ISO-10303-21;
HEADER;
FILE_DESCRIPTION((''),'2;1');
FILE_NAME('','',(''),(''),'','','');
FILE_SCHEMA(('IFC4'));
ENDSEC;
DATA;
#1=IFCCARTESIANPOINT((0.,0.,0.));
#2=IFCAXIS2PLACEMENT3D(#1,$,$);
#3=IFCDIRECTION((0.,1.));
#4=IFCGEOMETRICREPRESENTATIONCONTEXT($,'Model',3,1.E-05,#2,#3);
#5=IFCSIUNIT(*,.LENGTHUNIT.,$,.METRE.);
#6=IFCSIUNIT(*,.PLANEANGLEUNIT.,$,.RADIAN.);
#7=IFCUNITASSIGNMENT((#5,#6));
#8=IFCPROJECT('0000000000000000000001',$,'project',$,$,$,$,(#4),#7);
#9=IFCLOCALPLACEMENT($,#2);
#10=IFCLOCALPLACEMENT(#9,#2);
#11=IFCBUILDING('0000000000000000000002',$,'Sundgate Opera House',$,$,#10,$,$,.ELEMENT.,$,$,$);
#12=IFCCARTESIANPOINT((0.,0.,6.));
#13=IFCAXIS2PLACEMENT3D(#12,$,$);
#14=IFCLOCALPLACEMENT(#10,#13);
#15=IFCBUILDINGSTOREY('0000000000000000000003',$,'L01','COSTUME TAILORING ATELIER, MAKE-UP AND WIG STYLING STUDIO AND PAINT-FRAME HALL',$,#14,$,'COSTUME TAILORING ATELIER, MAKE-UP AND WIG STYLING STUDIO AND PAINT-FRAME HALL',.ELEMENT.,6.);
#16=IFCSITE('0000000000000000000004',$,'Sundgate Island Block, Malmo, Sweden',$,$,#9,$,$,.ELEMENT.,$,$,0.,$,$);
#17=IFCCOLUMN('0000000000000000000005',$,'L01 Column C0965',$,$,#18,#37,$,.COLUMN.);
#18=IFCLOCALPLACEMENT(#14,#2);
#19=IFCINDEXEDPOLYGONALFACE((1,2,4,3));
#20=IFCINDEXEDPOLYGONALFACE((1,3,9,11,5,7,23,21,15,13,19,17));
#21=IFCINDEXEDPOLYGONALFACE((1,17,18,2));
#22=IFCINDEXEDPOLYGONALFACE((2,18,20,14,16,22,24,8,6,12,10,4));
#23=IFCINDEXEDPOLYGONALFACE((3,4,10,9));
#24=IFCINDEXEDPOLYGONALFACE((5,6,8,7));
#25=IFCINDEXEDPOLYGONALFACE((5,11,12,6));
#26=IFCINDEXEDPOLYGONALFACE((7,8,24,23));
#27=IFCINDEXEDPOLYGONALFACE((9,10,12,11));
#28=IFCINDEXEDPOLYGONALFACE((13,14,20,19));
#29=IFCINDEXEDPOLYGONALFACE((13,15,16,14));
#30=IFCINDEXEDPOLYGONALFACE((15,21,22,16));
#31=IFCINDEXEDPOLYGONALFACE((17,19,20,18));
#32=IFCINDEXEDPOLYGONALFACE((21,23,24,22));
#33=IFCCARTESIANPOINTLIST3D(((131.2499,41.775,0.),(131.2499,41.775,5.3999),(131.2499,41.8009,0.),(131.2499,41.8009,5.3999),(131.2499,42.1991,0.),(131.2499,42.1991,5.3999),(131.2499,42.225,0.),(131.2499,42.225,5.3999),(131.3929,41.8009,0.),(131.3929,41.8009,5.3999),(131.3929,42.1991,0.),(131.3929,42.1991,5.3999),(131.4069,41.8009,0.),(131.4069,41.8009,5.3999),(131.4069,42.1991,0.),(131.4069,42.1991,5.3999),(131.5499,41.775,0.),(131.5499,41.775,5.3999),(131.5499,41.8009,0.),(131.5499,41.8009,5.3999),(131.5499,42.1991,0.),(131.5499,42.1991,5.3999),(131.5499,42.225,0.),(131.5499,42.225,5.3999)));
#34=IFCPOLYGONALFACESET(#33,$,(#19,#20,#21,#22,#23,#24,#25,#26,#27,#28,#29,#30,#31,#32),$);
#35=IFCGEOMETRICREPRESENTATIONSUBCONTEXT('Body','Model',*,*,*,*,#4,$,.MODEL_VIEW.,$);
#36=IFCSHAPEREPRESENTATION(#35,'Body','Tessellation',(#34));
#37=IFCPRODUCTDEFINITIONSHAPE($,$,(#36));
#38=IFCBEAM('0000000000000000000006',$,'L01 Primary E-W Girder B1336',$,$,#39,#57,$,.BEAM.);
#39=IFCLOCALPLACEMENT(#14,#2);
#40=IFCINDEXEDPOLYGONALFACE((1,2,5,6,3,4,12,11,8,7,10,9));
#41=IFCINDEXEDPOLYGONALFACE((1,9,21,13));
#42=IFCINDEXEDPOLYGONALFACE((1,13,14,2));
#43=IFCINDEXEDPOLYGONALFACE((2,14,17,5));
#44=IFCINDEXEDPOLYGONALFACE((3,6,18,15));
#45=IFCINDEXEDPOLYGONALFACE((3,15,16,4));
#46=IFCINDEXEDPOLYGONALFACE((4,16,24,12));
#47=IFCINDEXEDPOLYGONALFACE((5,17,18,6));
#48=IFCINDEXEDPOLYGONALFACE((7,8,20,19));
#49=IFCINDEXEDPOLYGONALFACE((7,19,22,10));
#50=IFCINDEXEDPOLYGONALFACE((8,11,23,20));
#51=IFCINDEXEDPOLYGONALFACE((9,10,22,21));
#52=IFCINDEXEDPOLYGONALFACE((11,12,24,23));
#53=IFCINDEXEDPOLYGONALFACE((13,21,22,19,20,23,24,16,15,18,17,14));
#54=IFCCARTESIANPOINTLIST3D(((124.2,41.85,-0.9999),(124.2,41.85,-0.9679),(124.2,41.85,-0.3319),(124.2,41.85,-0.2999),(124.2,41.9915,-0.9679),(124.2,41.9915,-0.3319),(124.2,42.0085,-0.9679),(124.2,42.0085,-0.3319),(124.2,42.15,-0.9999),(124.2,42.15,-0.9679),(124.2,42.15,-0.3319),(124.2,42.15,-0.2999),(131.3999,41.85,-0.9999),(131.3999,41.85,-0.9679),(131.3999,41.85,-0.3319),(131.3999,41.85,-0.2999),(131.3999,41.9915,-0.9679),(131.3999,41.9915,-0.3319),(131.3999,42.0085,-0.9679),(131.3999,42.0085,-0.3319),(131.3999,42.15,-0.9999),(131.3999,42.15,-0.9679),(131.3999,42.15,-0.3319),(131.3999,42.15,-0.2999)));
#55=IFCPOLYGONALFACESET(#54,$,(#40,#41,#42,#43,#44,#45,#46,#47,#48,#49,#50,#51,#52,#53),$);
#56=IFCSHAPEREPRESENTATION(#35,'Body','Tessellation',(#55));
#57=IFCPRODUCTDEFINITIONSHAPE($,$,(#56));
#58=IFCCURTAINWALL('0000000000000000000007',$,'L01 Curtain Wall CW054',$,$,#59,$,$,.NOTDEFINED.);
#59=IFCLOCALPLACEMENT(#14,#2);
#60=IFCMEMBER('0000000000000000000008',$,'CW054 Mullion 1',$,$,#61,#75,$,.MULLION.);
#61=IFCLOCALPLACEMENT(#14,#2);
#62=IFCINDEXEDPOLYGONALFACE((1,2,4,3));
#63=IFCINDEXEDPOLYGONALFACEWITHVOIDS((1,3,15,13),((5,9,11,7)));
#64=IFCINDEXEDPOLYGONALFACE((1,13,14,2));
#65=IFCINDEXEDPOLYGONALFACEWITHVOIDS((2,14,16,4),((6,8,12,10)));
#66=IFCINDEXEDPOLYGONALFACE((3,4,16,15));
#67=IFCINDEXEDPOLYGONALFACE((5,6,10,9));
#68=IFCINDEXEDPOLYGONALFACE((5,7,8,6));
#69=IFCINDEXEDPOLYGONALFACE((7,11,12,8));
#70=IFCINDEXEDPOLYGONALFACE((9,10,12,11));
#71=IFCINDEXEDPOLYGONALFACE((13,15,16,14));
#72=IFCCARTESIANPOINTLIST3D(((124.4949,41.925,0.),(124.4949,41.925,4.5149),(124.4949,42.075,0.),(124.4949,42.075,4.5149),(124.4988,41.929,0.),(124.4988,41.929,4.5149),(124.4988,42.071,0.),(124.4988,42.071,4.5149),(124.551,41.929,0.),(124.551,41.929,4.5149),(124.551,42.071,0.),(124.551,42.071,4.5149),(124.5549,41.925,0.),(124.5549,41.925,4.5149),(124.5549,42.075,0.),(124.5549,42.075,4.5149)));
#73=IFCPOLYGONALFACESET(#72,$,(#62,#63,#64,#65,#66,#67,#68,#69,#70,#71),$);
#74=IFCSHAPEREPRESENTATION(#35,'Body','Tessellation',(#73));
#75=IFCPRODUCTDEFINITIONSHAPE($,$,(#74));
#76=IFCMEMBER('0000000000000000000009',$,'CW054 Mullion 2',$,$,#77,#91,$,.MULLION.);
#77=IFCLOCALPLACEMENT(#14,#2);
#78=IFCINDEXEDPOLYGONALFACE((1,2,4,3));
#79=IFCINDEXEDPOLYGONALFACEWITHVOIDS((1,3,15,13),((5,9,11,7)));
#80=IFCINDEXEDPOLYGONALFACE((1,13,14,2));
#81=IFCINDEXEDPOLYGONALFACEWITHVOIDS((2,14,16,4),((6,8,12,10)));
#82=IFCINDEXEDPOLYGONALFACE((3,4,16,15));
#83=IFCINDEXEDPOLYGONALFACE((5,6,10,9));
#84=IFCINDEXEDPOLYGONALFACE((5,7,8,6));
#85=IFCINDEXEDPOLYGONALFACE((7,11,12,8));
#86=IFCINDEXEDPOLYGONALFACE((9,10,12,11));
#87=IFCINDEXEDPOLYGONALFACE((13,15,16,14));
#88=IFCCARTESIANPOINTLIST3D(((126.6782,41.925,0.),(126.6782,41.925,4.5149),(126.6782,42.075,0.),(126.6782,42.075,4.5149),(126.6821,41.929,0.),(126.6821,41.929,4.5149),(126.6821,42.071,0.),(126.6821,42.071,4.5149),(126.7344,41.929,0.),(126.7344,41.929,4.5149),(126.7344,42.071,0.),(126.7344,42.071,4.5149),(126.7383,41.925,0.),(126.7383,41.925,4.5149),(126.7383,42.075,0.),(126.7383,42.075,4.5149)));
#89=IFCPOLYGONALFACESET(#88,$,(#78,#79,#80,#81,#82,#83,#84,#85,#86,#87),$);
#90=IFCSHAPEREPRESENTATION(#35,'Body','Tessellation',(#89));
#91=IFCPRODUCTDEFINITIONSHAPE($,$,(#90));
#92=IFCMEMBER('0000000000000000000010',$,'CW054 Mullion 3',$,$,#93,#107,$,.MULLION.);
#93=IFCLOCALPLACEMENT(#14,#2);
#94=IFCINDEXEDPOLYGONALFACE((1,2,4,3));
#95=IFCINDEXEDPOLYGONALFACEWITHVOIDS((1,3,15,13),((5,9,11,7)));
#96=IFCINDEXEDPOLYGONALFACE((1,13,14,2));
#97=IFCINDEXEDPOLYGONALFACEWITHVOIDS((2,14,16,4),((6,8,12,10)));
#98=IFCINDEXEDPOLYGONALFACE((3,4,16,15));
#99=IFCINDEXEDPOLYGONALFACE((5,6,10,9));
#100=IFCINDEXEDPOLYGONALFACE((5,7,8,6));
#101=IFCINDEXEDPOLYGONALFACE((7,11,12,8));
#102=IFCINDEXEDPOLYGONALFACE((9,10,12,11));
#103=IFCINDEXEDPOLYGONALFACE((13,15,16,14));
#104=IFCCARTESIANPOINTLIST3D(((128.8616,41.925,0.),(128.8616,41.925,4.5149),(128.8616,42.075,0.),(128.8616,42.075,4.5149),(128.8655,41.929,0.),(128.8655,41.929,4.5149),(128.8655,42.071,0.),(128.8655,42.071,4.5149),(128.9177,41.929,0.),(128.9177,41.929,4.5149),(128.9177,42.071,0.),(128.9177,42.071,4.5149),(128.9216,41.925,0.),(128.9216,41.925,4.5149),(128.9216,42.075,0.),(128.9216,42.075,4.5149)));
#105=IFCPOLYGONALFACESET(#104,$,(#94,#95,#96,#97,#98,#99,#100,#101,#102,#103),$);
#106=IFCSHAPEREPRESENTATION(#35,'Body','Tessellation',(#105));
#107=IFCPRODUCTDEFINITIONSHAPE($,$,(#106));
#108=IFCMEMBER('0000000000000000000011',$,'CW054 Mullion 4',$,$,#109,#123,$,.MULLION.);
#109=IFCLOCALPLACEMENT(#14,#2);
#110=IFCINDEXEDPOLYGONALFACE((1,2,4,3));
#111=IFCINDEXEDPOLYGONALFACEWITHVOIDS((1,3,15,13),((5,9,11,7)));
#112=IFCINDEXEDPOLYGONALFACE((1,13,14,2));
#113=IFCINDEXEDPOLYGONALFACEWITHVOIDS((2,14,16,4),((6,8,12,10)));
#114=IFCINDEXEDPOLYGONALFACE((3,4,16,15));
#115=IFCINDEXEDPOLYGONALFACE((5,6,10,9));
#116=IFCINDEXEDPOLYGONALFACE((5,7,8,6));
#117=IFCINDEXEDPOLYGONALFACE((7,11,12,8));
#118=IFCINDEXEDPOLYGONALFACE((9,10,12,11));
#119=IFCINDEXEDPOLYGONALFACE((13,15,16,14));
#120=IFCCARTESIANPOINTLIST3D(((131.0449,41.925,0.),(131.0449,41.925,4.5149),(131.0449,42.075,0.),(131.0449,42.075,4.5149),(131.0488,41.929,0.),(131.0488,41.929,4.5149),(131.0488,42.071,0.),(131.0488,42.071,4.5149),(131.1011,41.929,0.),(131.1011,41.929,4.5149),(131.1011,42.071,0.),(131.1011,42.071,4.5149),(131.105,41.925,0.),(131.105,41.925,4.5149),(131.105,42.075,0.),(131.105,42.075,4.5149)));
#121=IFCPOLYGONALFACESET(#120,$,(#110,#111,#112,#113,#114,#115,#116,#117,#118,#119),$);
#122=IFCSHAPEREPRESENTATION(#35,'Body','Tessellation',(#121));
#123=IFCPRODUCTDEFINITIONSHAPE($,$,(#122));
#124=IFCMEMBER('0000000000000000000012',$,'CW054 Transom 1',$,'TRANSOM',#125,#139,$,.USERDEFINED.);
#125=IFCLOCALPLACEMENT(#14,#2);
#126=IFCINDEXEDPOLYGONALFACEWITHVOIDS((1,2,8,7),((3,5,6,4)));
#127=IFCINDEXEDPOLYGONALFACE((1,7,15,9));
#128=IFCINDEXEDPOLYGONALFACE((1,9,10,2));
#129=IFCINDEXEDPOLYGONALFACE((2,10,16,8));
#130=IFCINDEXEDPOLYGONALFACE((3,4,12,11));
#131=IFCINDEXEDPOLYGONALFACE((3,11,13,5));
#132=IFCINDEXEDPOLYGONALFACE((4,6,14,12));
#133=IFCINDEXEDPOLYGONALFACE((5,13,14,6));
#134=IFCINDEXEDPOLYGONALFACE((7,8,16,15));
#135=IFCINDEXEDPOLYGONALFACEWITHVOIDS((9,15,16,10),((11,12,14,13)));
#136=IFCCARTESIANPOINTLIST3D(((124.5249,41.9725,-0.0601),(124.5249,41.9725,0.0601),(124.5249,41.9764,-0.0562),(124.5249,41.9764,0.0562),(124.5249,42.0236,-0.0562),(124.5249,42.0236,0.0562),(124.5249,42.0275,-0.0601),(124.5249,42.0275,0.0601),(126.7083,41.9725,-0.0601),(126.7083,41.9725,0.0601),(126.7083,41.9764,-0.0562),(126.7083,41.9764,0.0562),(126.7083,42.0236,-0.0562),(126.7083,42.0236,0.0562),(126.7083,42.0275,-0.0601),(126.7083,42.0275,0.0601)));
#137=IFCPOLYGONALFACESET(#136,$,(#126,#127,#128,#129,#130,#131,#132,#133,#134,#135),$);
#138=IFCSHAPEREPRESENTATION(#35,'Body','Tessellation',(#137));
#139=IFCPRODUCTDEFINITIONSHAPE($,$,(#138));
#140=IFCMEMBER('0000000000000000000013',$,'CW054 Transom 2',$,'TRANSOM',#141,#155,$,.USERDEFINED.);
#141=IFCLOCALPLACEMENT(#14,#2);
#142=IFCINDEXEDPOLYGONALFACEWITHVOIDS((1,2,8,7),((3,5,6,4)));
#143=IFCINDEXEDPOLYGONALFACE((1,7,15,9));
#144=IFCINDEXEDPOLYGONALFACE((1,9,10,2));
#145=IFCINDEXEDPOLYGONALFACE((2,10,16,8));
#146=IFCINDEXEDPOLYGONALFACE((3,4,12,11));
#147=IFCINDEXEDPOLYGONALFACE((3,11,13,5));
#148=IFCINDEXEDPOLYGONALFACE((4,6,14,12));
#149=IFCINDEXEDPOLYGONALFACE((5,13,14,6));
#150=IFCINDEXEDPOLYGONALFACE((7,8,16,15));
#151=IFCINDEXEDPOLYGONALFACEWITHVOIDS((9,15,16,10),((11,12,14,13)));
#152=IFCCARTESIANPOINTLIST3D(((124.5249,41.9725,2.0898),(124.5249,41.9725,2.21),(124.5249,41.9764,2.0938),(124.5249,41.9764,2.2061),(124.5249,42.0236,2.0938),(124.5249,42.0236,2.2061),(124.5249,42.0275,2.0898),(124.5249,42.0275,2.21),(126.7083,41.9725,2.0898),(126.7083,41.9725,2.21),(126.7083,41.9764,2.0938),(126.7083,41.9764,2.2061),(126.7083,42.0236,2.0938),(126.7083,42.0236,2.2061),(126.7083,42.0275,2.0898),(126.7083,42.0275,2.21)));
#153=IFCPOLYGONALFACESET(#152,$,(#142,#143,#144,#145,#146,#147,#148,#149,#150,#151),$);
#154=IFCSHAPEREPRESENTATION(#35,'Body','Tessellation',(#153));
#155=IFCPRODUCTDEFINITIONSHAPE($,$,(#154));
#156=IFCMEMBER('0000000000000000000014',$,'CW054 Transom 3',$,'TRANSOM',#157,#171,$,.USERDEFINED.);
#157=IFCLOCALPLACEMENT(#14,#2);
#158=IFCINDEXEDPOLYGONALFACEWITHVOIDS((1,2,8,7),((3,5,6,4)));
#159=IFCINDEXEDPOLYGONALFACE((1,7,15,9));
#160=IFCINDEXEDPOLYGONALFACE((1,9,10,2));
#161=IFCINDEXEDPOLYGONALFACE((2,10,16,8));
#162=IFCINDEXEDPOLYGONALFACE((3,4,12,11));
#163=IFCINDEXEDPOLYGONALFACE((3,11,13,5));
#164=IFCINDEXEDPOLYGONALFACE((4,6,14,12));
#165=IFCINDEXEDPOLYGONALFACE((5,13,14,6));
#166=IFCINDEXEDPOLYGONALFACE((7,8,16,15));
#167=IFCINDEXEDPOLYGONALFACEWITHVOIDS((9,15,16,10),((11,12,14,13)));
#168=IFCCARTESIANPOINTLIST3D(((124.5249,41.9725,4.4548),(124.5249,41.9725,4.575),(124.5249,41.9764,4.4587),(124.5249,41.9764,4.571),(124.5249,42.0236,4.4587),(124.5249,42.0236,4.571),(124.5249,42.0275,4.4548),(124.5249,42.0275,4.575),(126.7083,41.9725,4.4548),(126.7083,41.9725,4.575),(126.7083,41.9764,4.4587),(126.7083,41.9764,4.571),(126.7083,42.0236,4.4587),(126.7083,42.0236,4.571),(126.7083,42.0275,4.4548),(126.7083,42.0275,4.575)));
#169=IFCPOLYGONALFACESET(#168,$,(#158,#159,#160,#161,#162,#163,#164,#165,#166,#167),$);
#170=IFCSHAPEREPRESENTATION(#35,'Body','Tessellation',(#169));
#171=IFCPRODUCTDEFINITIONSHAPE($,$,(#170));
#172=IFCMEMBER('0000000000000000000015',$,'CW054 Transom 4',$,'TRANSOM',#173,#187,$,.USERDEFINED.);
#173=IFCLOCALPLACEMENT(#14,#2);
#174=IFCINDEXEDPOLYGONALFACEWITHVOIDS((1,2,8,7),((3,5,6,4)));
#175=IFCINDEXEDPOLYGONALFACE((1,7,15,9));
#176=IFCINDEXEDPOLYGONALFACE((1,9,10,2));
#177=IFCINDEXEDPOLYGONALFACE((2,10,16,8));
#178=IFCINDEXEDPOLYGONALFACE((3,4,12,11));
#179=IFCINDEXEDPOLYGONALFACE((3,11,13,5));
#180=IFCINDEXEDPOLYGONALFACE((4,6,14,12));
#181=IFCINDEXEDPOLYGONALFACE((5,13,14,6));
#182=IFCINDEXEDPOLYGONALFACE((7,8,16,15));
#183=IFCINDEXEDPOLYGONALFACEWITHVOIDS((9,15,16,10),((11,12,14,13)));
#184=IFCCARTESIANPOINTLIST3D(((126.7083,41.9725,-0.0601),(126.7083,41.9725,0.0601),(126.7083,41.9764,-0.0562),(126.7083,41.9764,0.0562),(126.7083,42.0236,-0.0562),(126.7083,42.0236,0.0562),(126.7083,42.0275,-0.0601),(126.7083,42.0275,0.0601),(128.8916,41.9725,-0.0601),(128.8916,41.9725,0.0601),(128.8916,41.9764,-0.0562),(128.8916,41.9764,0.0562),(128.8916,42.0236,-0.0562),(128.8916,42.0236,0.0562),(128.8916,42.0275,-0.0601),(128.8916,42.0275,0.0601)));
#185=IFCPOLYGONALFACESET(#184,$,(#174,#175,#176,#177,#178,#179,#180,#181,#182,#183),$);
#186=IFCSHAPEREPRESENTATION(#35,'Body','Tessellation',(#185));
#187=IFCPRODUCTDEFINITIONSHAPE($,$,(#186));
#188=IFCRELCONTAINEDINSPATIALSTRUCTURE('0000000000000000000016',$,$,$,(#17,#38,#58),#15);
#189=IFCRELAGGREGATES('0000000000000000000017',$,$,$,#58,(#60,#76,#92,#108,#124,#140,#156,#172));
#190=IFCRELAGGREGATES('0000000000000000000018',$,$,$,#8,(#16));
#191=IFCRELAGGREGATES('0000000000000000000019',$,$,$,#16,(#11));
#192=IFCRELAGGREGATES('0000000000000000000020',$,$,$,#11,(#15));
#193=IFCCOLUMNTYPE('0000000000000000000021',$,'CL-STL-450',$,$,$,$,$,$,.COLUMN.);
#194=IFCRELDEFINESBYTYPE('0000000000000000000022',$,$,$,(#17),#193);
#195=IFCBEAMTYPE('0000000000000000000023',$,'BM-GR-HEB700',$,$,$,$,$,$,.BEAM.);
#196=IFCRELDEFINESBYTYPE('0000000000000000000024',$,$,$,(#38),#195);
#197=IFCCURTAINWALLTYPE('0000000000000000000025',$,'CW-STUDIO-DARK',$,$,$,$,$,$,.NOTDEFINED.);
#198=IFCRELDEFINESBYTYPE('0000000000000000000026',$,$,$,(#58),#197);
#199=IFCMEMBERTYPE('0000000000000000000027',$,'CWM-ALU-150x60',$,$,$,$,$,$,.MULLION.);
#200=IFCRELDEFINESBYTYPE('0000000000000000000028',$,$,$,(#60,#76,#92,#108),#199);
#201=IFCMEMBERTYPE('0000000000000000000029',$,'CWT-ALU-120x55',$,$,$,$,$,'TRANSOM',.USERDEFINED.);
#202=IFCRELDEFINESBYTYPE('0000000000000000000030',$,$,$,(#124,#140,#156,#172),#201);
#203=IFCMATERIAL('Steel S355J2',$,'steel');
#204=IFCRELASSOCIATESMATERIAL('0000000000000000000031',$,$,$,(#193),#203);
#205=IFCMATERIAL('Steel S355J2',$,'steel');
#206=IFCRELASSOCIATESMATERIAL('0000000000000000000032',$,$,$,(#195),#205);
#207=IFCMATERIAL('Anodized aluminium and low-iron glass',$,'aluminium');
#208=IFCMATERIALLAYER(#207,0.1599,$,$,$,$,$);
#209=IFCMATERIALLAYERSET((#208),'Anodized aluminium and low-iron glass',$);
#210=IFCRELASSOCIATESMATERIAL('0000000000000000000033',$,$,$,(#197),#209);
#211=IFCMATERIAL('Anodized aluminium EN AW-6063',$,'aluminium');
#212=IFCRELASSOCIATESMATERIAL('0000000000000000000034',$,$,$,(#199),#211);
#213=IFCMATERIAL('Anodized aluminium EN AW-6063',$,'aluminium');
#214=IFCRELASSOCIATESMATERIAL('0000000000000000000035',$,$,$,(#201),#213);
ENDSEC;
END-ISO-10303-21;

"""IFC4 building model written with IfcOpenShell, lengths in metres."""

from ifc_helpers import new_model, si_unit, direction, frame, origin, origin_2d, place, context, subcontext, project, spatial, hollow_rectangle, i_section, extrude, material, layer, layer_set, material_profile, profile_set, type_object, element, aggregate, save


model = new_model("IFC4")

# Units and contexts
model_context = context("Model", 3, precision=1e-05, world=origin(), true_north=direction((0.0, 1.0)))
body_context = subcontext(model_context, "Body", "Model", "MODEL_VIEW")
ifc_project = project(units=[si_unit("LENGTHUNIT", "METRE"), si_unit("PLANEANGLEUNIT", "RADIAN")], contexts=[model_context])

# Site, building, storey
site_placement = place(None, origin())
site = spatial("IfcSite", under=ifc_project, at=site_placement, Name="Sundgate Island Block, Malmo, Sweden", CompositionType="ELEMENT", RefElevation=0.0)
building_placement = place(site_placement, origin())
building = spatial("IfcBuilding", under=site, at=building_placement, Name="Sundgate Opera House", CompositionType="ELEMENT")
storey_placement = place(building_placement, frame((0.0, 0.0, 6.0)))
storey = spatial("IfcBuildingStorey", under=building, at=storey_placement, Name="L01", Description="COSTUME TAILORING ATELIER, MAKE-UP AND WIG STYLING STUDIO AND PAINT-FRAME HALL", LongName="COSTUME TAILORING ATELIER, MAKE-UP AND WIG STYLING STUDIO AND PAINT-FRAME HALL", CompositionType="ELEMENT", Elevation=6.0)

# Column
ifc_material_1 = material(Name="Steel S355J2", Category="steel")
ifc_material_profile_1 = material_profile(ifc_material_1, i_section(OverallWidth=0.3, OverallDepth=0.45, WebThickness=0.0139, FlangeThickness=0.0259, at=origin_2d()), Name="HEB 450")
ifc_profile_set_1 = profile_set([ifc_material_profile_1], Name="Steel S355J2")
column_type = type_object("IfcColumnType", Name="CL-STL-450", PredefinedType="COLUMN", material=ifc_profile_set_1)
column_placement = place(storey_placement, frame((131.3999, 42.0, 0.0), z_axis=(0.0, 0.0, 1.0), x_axis=(1.0, 0.0, 0.0)))
element("IfcColumn", 1, at=column_placement, inside=storey, type_object=column_type, Name="L01 Column C0965", PredefinedType="COLUMN", context=body_context, shape_type="SweptSolid", body=[
    extrude(i_section(OverallWidth=0.3, OverallDepth=0.45, WebThickness=0.0139, FlangeThickness=0.0259, at=origin_2d()), origin(), (0.0, 0.0, 1.0), 5.3999),
])

# Beam
ifc_material_2 = material(Name="Steel S355J2", Category="steel")
ifc_material_profile_2 = material_profile(ifc_material_2, i_section(OverallWidth=0.3, OverallDepth=0.7, WebThickness=0.0171, FlangeThickness=0.032, at=origin_2d()), Name="HEB 700")
ifc_profile_set_2 = profile_set([ifc_material_profile_2], Name="Steel S355J2")
beam_type = type_object("IfcBeamType", Name="BM-GR-HEB700", PredefinedType="BEAM", material=ifc_profile_set_2)
beam_placement = place(storey_placement, frame((124.2, 42.0, -0.6499), z_axis=(1.0, 0.0, 0.0), x_axis=(0.0, 1.0, 0.0)))
element("IfcBeam", 2, at=beam_placement, inside=storey, type_object=beam_type, Name="L01 Primary E-W Girder B1336", PredefinedType="BEAM", context=body_context, shape_type="SweptSolid", body=[
    extrude(i_section(OverallWidth=0.3, OverallDepth=0.7, WebThickness=0.0171, FlangeThickness=0.032, at=origin_2d()), origin(), (0.0, 0.0, 1.0), 7.2),
])

# Curtain wall, members
ifc_material_3 = material(Name="Anodized aluminium and low-iron glass", Category="aluminium")
ifc_layer_1 = layer(ifc_material_3, 0.1599)
ifc_layer_set_1 = layer_set([ifc_layer_1], Name="Anodized aluminium and low-iron glass")
curtain_wall_type = type_object("IfcCurtainWallType", Name="CW-STUDIO-DARK", PredefinedType="NOTDEFINED", material=ifc_layer_set_1)
curtain_wall_placement = place(storey_placement, origin())
curtain_wall = element("IfcCurtainWall", 3, at=curtain_wall_placement, inside=storey, type_object=curtain_wall_type, Name="L01 Curtain Wall CW054", PredefinedType="NOTDEFINED")
ifc_material_4 = material(Name="Anodized aluminium EN AW-6063", Category="aluminium")
ifc_material_profile_3 = material_profile(ifc_material_4, hollow_rectangle(XDim=0.0601, YDim=0.1499, WallThickness=0.0039, at=origin_2d()), Name="CWM 150x60x4")
ifc_profile_set_3 = profile_set([ifc_material_profile_3], Name="Anodized aluminium EN AW-6063")
member_type_1 = type_object("IfcMemberType", Name="CWM-ALU-150x60", PredefinedType="MULLION", material=ifc_profile_set_3)
member_1_placement = place(storey_placement, frame((124.5249, 42.0, 0.0), z_axis=(0.0, 0.0, 1.0), x_axis=(1.0, 0.0, 0.0)))
member_1 = element("IfcMember", 4, at=member_1_placement, type_object=member_type_1, Name="CW054 Mullion 1", PredefinedType="MULLION", context=body_context, shape_type="SweptSolid", body=[
    extrude(hollow_rectangle(XDim=0.0601, YDim=0.1499, WallThickness=0.0039, at=origin_2d()), origin(), (0.0, 0.0, 1.0), 4.5149),
])
member_2_placement = place(storey_placement, frame((126.7083, 42.0, 0.0), z_axis=(0.0, 0.0, 1.0), x_axis=(1.0, 0.0, 0.0)))
member_2 = element("IfcMember", 5, at=member_2_placement, type_object=member_type_1, Name="CW054 Mullion 2", PredefinedType="MULLION", context=body_context, shape_type="SweptSolid", body=[
    extrude(hollow_rectangle(XDim=0.0601, YDim=0.1499, WallThickness=0.0039, at=origin_2d()), origin(), (0.0, 0.0, 1.0), 4.5149),
])
member_3_placement = place(storey_placement, frame((128.8916, 42.0, 0.0), z_axis=(0.0, 0.0, 1.0), x_axis=(1.0, 0.0, 0.0)))
member_3 = element("IfcMember", 6, at=member_3_placement, type_object=member_type_1, Name="CW054 Mullion 3", PredefinedType="MULLION", context=body_context, shape_type="SweptSolid", body=[
    extrude(hollow_rectangle(XDim=0.0601, YDim=0.1499, WallThickness=0.0039, at=origin_2d()), origin(), (0.0, 0.0, 1.0), 4.5149),
])
member_4_placement = place(storey_placement, frame((131.075, 42.0, 0.0), z_axis=(0.0, 0.0, 1.0), x_axis=(1.0, 0.0, 0.0)))
member_4 = element("IfcMember", 7, at=member_4_placement, type_object=member_type_1, Name="CW054 Mullion 4", PredefinedType="MULLION", context=body_context, shape_type="SweptSolid", body=[
    extrude(hollow_rectangle(XDim=0.0601, YDim=0.1499, WallThickness=0.0039, at=origin_2d()), origin(), (0.0, 0.0, 1.0), 4.5149),
])
ifc_material_5 = material(Name="Anodized aluminium EN AW-6063", Category="aluminium")
ifc_material_profile_4 = material_profile(ifc_material_5, hollow_rectangle(XDim=0.0549, YDim=0.1201, WallThickness=0.0039, at=origin_2d()), Name="CWT 120x55x4")
ifc_profile_set_4 = profile_set([ifc_material_profile_4], Name="Anodized aluminium EN AW-6063")
member_type_2 = type_object("IfcMemberType", Name="CWT-ALU-120x55", ElementType="TRANSOM", PredefinedType="USERDEFINED", material=ifc_profile_set_4)
member_5_placement = place(storey_placement, frame((124.5249, 42.0, 0.0), z_axis=(1.0, 0.0, 0.0), x_axis=(0.0, 1.0, 0.0)))
member_5 = element("IfcMember", 8, at=member_5_placement, type_object=member_type_2, Name="CW054 Transom 1", ObjectType="TRANSOM", PredefinedType="USERDEFINED", context=body_context, shape_type="SweptSolid", body=[
    extrude(hollow_rectangle(XDim=0.0549, YDim=0.1201, WallThickness=0.0039, at=origin_2d()), origin(), (0.0, 0.0, 1.0), 2.1833),
])
member_6_placement = place(storey_placement, frame((124.5249, 42.0, 2.1499), z_axis=(1.0, 0.0, 0.0), x_axis=(0.0, 1.0, 0.0)))
member_6 = element("IfcMember", 9, at=member_6_placement, type_object=member_type_2, Name="CW054 Transom 2", ObjectType="TRANSOM", PredefinedType="USERDEFINED", context=body_context, shape_type="SweptSolid", body=[
    extrude(hollow_rectangle(XDim=0.0549, YDim=0.1201, WallThickness=0.0039, at=origin_2d()), origin(), (0.0, 0.0, 1.0), 2.1833),
])
member_7_placement = place(storey_placement, frame((124.5249, 42.0, 4.5149), z_axis=(1.0, 0.0, 0.0), x_axis=(0.0, 1.0, 0.0)))
member_7 = element("IfcMember", 10, at=member_7_placement, type_object=member_type_2, Name="CW054 Transom 3", ObjectType="TRANSOM", PredefinedType="USERDEFINED", context=body_context, shape_type="SweptSolid", body=[
    extrude(hollow_rectangle(XDim=0.0549, YDim=0.1201, WallThickness=0.0039, at=origin_2d()), origin(), (0.0, 0.0, 1.0), 2.1833),
])
member_8_placement = place(storey_placement, frame((126.7083, 42.0, 0.0), z_axis=(1.0, 0.0, 0.0), x_axis=(0.0, 1.0, 0.0)))
member_8 = element("IfcMember", 11, at=member_8_placement, type_object=member_type_2, Name="CW054 Transom 4", ObjectType="TRANSOM", PredefinedType="USERDEFINED", context=body_context, shape_type="SweptSolid", body=[
    extrude(hollow_rectangle(XDim=0.0549, YDim=0.1201, WallThickness=0.0039, at=origin_2d()), origin(), (0.0, 0.0, 1.0), 2.1833),
])
aggregate(curtain_wall, [member_1, member_2, member_3, member_4, member_5, member_6, member_7, member_8])

save(model, "model.ifc")
